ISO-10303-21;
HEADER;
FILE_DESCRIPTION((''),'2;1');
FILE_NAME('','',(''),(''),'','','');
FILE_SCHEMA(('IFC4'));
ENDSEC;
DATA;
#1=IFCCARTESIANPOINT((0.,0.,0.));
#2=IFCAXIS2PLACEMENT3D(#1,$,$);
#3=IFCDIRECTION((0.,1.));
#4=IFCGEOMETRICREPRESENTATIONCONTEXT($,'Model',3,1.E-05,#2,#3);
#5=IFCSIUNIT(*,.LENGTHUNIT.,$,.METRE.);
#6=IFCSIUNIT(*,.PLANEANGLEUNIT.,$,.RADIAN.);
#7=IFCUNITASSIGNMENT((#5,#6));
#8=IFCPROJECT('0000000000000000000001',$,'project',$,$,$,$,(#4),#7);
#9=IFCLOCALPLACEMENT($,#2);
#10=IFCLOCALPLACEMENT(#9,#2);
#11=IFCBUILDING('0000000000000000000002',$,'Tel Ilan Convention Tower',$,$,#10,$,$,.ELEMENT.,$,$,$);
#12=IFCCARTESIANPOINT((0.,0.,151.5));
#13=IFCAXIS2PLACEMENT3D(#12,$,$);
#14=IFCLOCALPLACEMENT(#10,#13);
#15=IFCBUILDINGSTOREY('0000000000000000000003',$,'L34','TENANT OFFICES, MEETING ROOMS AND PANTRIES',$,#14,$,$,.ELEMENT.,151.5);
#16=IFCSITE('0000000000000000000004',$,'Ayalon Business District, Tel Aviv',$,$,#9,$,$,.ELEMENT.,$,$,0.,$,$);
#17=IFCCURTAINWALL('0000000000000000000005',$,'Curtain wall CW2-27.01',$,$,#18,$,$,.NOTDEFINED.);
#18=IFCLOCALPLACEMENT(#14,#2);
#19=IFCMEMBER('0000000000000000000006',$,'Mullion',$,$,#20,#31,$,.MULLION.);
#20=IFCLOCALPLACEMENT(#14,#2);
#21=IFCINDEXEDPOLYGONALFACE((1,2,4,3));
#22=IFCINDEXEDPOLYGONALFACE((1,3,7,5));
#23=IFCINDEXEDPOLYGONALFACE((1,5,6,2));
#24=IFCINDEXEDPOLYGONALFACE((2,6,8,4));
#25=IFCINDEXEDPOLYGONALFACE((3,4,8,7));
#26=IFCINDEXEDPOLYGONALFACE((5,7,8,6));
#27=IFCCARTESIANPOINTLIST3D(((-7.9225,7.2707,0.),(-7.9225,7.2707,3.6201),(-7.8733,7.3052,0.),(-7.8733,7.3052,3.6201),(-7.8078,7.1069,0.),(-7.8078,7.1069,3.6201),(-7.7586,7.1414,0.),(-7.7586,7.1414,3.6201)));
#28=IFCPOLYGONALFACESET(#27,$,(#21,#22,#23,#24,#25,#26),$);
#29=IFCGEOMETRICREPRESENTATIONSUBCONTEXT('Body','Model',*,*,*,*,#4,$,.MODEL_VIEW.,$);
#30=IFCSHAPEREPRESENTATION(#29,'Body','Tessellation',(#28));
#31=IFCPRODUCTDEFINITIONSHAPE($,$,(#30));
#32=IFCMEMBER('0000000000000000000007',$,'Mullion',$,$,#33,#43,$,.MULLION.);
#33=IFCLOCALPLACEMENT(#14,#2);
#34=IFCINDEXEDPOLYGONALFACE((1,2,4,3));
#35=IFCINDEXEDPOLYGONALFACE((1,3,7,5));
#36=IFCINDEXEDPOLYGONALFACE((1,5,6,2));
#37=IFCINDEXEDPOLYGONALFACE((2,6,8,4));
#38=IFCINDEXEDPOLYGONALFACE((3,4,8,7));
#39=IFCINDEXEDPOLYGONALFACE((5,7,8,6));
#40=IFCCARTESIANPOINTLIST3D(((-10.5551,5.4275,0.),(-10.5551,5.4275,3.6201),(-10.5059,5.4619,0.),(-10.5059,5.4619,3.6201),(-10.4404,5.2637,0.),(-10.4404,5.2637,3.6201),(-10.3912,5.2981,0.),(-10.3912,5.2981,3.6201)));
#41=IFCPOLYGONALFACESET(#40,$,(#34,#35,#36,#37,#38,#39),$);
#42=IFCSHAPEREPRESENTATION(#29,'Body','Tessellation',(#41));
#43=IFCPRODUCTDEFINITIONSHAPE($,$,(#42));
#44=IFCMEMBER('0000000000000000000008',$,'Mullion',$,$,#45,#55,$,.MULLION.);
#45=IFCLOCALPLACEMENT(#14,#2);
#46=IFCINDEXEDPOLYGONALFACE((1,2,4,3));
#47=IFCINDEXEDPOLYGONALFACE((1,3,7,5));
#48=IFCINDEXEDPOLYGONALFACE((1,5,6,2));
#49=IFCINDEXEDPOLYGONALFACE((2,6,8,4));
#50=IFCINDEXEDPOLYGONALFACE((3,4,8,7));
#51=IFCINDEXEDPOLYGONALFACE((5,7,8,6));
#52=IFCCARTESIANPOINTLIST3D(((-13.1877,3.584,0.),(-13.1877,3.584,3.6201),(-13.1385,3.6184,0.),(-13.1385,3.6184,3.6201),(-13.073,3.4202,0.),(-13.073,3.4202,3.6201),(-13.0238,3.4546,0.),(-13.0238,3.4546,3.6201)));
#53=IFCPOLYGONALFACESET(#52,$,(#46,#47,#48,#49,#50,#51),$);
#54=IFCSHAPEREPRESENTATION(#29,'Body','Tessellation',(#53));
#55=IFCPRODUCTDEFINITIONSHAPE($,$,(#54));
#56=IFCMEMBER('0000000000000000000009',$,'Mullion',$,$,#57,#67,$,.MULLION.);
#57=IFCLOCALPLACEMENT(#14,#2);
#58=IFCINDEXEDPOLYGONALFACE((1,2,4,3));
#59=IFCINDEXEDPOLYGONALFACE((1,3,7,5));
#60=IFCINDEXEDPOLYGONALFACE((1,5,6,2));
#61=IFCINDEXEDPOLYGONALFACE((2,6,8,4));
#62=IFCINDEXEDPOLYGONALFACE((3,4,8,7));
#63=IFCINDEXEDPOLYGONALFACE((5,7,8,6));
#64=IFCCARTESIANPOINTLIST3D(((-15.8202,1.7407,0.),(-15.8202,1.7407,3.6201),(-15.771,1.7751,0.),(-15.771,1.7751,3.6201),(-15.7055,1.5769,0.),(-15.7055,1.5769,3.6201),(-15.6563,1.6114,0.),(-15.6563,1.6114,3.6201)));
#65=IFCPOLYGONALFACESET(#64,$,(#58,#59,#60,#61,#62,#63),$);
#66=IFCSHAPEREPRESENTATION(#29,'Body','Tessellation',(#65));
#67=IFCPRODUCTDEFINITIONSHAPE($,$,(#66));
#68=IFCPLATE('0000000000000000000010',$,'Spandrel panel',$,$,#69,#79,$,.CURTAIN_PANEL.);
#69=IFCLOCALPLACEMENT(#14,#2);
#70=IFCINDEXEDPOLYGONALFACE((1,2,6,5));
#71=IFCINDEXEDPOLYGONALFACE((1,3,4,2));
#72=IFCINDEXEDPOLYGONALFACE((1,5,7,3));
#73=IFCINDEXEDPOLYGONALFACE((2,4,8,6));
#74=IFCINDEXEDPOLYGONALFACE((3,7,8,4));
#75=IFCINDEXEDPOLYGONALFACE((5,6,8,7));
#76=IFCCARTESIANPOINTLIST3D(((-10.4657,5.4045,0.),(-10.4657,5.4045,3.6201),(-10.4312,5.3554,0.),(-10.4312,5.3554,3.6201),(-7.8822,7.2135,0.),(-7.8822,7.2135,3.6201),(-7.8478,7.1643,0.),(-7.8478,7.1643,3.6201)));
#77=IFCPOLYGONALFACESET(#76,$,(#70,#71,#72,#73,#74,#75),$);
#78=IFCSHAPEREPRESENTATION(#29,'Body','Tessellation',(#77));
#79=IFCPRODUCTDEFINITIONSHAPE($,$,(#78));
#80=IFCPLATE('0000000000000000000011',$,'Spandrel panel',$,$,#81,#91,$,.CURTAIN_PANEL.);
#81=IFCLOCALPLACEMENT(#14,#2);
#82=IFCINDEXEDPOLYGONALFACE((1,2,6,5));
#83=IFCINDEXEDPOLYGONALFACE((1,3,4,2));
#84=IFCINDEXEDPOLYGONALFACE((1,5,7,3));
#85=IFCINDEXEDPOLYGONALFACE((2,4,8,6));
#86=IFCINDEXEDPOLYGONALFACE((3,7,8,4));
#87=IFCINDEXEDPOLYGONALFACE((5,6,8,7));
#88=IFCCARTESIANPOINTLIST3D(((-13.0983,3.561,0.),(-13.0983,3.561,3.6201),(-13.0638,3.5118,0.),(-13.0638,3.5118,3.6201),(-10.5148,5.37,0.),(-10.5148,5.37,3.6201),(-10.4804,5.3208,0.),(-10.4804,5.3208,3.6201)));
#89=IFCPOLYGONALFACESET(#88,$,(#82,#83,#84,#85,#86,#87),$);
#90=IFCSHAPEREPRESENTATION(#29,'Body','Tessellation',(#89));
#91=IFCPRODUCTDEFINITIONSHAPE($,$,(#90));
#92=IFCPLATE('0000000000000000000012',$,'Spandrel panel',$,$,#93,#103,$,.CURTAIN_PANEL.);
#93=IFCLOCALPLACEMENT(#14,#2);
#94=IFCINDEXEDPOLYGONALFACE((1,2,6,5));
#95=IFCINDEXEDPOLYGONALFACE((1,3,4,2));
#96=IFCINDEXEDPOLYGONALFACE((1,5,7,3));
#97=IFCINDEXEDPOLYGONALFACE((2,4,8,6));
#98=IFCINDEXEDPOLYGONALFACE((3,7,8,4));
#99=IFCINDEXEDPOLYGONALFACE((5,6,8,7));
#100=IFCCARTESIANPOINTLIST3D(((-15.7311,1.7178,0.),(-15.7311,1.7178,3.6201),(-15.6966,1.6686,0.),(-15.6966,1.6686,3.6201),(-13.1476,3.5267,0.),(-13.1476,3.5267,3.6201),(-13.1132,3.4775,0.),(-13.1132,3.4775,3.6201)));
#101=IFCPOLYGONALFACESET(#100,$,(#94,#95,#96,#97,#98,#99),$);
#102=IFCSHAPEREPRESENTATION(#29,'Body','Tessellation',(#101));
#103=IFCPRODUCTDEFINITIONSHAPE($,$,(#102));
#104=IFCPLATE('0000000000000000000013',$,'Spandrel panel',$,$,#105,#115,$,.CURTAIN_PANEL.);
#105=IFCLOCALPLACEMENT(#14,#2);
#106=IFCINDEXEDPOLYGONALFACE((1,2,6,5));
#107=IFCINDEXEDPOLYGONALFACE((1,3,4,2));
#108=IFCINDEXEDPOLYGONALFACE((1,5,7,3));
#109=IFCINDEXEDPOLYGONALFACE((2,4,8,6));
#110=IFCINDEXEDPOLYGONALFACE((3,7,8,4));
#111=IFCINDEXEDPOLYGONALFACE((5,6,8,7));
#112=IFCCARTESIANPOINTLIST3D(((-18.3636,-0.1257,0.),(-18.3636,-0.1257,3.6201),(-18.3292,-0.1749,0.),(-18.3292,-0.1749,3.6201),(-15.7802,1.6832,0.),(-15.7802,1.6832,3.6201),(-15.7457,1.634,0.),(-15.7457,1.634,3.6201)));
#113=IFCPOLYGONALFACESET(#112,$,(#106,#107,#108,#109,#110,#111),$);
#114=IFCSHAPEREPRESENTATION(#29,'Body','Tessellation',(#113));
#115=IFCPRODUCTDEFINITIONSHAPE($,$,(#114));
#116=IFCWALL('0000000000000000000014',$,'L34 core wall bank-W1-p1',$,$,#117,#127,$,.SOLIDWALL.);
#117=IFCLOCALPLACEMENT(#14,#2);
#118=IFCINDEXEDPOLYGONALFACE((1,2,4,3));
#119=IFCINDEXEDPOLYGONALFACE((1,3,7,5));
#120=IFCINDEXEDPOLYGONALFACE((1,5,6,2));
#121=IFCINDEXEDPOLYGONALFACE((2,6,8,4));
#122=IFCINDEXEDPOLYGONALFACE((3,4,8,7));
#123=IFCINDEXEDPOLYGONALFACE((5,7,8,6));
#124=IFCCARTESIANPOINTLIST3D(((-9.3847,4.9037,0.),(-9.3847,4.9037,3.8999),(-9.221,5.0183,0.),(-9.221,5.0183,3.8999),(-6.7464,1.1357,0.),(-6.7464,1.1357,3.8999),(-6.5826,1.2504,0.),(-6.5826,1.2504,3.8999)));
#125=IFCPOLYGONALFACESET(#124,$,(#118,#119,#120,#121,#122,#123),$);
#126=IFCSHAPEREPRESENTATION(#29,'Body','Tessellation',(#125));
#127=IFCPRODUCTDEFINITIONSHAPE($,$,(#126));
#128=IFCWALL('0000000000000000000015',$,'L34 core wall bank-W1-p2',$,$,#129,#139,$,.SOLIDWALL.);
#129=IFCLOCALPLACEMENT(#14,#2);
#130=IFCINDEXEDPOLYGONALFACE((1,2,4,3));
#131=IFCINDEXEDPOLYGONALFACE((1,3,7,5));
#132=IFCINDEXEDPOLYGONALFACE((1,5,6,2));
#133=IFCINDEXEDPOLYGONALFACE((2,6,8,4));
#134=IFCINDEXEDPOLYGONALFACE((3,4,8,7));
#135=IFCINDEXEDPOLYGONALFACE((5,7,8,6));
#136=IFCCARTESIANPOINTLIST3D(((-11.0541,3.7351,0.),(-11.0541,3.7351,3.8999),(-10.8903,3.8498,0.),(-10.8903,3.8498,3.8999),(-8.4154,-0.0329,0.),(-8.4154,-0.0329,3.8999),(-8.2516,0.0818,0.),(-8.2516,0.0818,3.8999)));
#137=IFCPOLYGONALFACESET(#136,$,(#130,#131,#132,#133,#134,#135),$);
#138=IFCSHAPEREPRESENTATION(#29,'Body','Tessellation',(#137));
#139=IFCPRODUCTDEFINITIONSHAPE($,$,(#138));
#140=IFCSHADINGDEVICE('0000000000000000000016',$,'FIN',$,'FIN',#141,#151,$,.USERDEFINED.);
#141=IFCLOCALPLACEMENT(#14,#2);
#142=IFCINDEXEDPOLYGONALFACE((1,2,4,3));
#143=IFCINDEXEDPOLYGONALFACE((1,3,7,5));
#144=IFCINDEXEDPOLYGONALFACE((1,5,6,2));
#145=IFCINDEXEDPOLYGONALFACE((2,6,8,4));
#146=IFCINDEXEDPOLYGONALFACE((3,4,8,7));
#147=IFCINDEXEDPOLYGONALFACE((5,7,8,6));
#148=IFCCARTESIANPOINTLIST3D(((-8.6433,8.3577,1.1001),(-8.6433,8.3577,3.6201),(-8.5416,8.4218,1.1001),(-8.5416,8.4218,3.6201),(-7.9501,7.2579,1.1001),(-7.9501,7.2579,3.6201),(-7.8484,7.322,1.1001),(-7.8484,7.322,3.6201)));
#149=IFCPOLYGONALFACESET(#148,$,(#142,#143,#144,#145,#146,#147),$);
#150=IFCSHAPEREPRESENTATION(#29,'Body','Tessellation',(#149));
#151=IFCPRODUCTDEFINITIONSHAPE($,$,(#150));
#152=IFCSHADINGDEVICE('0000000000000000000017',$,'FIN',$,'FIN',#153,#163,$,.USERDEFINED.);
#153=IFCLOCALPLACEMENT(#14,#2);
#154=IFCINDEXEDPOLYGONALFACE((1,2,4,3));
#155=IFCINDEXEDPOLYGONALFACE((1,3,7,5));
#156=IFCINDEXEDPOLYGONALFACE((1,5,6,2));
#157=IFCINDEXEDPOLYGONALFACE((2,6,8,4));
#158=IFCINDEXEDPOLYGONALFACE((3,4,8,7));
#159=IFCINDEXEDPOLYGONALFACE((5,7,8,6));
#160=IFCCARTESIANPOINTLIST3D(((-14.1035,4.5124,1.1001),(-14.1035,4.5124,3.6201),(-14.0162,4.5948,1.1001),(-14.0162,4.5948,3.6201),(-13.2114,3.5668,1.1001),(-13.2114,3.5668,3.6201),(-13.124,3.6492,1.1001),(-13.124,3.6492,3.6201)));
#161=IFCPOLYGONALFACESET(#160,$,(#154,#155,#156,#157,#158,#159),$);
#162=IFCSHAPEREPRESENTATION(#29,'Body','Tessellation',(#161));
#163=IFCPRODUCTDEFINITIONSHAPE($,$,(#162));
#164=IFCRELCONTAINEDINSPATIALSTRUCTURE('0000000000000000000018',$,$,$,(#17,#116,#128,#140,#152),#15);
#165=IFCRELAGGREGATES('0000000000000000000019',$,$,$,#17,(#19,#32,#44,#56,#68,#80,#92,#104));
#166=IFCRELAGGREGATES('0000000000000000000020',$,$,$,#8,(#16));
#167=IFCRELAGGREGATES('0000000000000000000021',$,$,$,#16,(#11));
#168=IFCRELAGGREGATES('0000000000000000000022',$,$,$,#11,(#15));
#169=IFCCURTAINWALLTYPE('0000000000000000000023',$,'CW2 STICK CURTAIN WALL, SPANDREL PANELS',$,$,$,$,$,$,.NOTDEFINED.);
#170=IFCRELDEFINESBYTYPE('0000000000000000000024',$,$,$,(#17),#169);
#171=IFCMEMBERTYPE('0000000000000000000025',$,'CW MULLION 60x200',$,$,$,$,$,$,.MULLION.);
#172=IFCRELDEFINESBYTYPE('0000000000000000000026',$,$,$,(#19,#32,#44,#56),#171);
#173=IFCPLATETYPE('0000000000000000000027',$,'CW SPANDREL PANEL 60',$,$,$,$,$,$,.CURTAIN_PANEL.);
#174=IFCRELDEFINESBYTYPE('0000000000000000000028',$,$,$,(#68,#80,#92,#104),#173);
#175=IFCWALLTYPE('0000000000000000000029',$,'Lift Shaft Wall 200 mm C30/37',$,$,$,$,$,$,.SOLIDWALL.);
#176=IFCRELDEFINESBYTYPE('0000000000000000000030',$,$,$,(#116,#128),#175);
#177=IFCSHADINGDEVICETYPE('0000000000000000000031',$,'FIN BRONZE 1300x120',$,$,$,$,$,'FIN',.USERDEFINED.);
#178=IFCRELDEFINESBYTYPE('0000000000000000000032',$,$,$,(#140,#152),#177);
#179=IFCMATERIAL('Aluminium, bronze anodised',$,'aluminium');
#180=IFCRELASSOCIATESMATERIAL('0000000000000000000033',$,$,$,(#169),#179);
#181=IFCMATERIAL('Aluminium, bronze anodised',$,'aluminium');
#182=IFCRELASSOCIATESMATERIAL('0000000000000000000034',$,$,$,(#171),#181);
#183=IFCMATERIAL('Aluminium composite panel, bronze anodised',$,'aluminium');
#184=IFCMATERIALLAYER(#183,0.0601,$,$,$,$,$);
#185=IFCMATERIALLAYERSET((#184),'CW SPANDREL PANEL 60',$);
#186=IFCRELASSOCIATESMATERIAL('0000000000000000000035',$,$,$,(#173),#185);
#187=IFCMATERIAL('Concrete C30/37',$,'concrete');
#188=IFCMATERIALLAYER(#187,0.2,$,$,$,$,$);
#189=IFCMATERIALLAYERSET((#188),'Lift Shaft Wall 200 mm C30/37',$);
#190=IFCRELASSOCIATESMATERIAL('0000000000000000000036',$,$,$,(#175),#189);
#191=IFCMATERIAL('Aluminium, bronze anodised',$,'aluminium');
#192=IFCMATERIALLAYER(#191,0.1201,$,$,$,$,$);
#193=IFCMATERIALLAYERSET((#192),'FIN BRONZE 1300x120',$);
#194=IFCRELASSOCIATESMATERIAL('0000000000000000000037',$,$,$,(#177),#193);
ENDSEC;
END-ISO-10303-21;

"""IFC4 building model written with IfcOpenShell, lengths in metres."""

from ifc_helpers import new_model, si_unit, direction, frame, frame_2d, origin, origin_2d, place, context, subcontext, project, spatial, rectangle, extrude, material, layer, layer_set, material_profile, profile_set, type_object, element, aggregate, save


model = new_model("IFC4")

# Units and contexts
model_context = context("Model", 3, precision=1e-05, world=origin(), true_north=direction((0.0, 1.0)))
body_context = subcontext(model_context, "Body", "Model", "MODEL_VIEW")
ifc_project = project(units=[si_unit("LENGTHUNIT", "METRE"), si_unit("PLANEANGLEUNIT", "RADIAN")], contexts=[model_context])

# Site, building, storey
site_placement = place(None, origin())
site = spatial("IfcSite", under=ifc_project, at=site_placement, Name="Ayalon Business District, Tel Aviv", CompositionType="ELEMENT", RefElevation=0.0)
building_placement = place(site_placement, origin())
building = spatial("IfcBuilding", under=site, at=building_placement, Name="Tel Ilan Convention Tower", CompositionType="ELEMENT")
storey_placement = place(building_placement, frame((0.0, 0.0, 151.5)))
storey = spatial("IfcBuildingStorey", under=building, at=storey_placement, Name="L34", Description="TENANT OFFICES, MEETING ROOMS AND PANTRIES", CompositionType="ELEMENT", Elevation=151.5)

# Curtain wall, members, plates
ifc_material_1 = material(Name="Aluminium, bronze anodised", Category="aluminium")
curtain_wall_type = type_object("IfcCurtainWallType", Name="CW2 STICK CURTAIN WALL, SPANDREL PANELS", PredefinedType="NOTDEFINED", material=ifc_material_1)
curtain_wall_placement = place(storey_placement, origin())
curtain_wall = element("IfcCurtainWall", 1, at=curtain_wall_placement, inside=storey, type_object=curtain_wall_type, Name="Curtain wall CW2-27.01", PredefinedType="NOTDEFINED")
ifc_material_2 = material(Name="Aluminium, bronze anodised", Category="aluminium")
ifc_material_profile = material_profile(ifc_material_2, rectangle(XDim=0.0601, YDim=0.2, at=origin_2d()), Name="CW MULLION 60x200")
ifc_profile_set = profile_set([ifc_material_profile], Name="Aluminium, bronze anodised")
member_type = type_object("IfcMemberType", Name="CW MULLION 60x200", PredefinedType="MULLION", material=ifc_profile_set)
member_1_placement = place(storey_placement, frame((-7.8406, 7.2061, 0.0), z_axis=(0.0, 0.0, 1.0), x_axis=(-0.819152, -0.573576, 0.0)))
member_1 = element("IfcMember", 2, at=member_1_placement, type_object=member_type, Name="Mullion", PredefinedType="MULLION", context=body_context, shape_type="SweptSolid", body=[
    extrude(rectangle(XDim=0.0601, YDim=0.2, at=origin_2d()), origin(), (0.0, 0.0, 1.0), 3.6201),
])
member_2_placement = place(storey_placement, frame((-10.4731, 5.3628, 0.0), z_axis=(0.0, 0.0, 1.0), x_axis=(-0.819152, -0.573576, 0.0)))
member_2 = element("IfcMember", 3, at=member_2_placement, type_object=member_type, Name="Mullion", PredefinedType="MULLION", context=body_context, shape_type="SweptSolid", body=[
    extrude(rectangle(XDim=0.0601, YDim=0.2, at=origin_2d()), origin(), (0.0, 0.0, 1.0), 3.6201),
])
member_3_placement = place(storey_placement, frame((-13.1057, 3.5193, 0.0), z_axis=(0.0, 0.0, 1.0), x_axis=(-0.819152, -0.573576, 0.0)))
member_3 = element("IfcMember", 4, at=member_3_placement, type_object=member_type, Name="Mullion", PredefinedType="MULLION", context=body_context, shape_type="SweptSolid", body=[
    extrude(rectangle(XDim=0.0601, YDim=0.2, at=origin_2d()), origin(), (0.0, 0.0, 1.0), 3.6201),
])
member_4_placement = place(storey_placement, frame((-15.7383, 1.676, 0.0), z_axis=(0.0, 0.0, 1.0), x_axis=(-0.819152, -0.573576, 0.0)))
member_4 = element("IfcMember", 5, at=member_4_placement, type_object=member_type, Name="Mullion", PredefinedType="MULLION", context=body_context, shape_type="SweptSolid", body=[
    extrude(rectangle(XDim=0.0601, YDim=0.2, at=origin_2d()), origin(), (0.0, 0.0, 1.0), 3.6201),
])
ifc_material_3 = material(Name="Aluminium composite panel, bronze anodised", Category="aluminium")
ifc_layer_1 = layer(ifc_material_3, 0.0601)
ifc_layer_set_1 = layer_set([ifc_layer_1], Name="CW SPANDREL PANEL 60")
plate_type = type_object("IfcPlateType", Name="CW SPANDREL PANEL 60", PredefinedType="CURTAIN_PANEL", material=ifc_layer_set_1)
plate_1_placement = place(storey_placement, frame((-9.1567, 6.2844, 0.0), z_axis=(0.0, 0.0, 1.0), x_axis=(-0.819152, -0.573576, 0.0)))
plate_1 = element("IfcPlate", 6, at=plate_1_placement, type_object=plate_type, Name="Spandrel panel", PredefinedType="CURTAIN_PANEL", context=body_context, shape_type="SweptSolid", body=[
    extrude(rectangle(XDim=3.1538, YDim=0.0601, at=origin_2d()), origin(), (0.0, 0.0, 1.0), 3.6201),
])
plate_2_placement = place(storey_placement, frame((-11.7893, 4.4409, 0.0), z_axis=(0.0, 0.0, 1.0), x_axis=(-0.819152, -0.573576, 0.0)))
plate_2 = element("IfcPlate", 7, at=plate_2_placement, type_object=plate_type, Name="Spandrel panel", PredefinedType="CURTAIN_PANEL", context=body_context, shape_type="SweptSolid", body=[
    extrude(rectangle(XDim=3.1538, YDim=0.0601, at=origin_2d()), origin(), (0.0, 0.0, 1.0), 3.6201),
])
plate_3_placement = place(storey_placement, frame((-14.4221, 2.5977, 0.0), z_axis=(0.0, 0.0, 1.0), x_axis=(-0.819152, -0.573576, 0.0)))
plate_3 = element("IfcPlate", 8, at=plate_3_placement, type_object=plate_type, Name="Spandrel panel", PredefinedType="CURTAIN_PANEL", context=body_context, shape_type="SweptSolid", body=[
    extrude(rectangle(XDim=3.1538, YDim=0.0601, at=origin_2d()), origin(), (0.0, 0.0, 1.0), 3.6201),
])
plate_4_placement = place(storey_placement, frame((-17.0547, 0.7542, 0.0), z_axis=(0.0, 0.0, 1.0), x_axis=(-0.819152, -0.573576, 0.0)))
plate_4 = element("IfcPlate", 9, at=plate_4_placement, type_object=plate_type, Name="Spandrel panel", PredefinedType="CURTAIN_PANEL", context=body_context, shape_type="SweptSolid", body=[
    extrude(rectangle(XDim=3.1538, YDim=0.0601, at=origin_2d()), origin(), (0.0, 0.0, 1.0), 3.6201),
])
aggregate(curtain_wall, [member_1, member_2, member_3, member_4, plate_1, plate_2, plate_3, plate_4])

# Walls
ifc_material_4 = material(Name="Concrete C30/37", Category="concrete")
ifc_layer_2 = layer(ifc_material_4, 0.2)
ifc_layer_set_2 = layer_set([ifc_layer_2], Name="Lift Shaft Wall 200 mm C30/37")
wall_type = type_object("IfcWallType", Name="Lift Shaft Wall 200 mm C30/37", PredefinedType="SOLIDWALL", material=ifc_layer_set_2)
wall_1_placement = place(storey_placement, frame((-6.6646, 1.1931, 0.0), z_axis=(0.0, 0.0, 1.0), x_axis=(-0.573576, 0.819152, 0.0)))
element("IfcWall", 10, at=wall_1_placement, inside=storey, type_object=wall_type, Name="L34 core wall bank-W1-p1", PredefinedType="SOLIDWALL", context=body_context, shape_type="SweptSolid", body=[
    extrude(rectangle(XDim=4.5999, YDim=0.2, at=frame_2d((2.2998, 0.0))), origin(), (0.0, 0.0, 1.0), 3.8999),
])
wall_2_placement = place(storey_placement, frame((-8.3335, 0.0244, 0.0), z_axis=(0.0, 0.0, 1.0), x_axis=(-0.573612, 0.819127, 0.0)))
element("IfcWall", 11, at=wall_2_placement, inside=storey, type_object=wall_type, Name="L34 core wall bank-W1-p2", PredefinedType="SOLIDWALL", context=body_context, shape_type="SweptSolid", body=[
    extrude(rectangle(XDim=4.6001, YDim=0.2, at=frame_2d((2.3, 0.0))), origin(), (0.0, 0.0, 1.0), 3.8999),
])

# Shading devices
ifc_material_5 = material(Name="Aluminium, bronze anodised", Category="aluminium")
ifc_layer_3 = layer(ifc_material_5, 0.1201)
ifc_layer_set_3 = layer_set([ifc_layer_3], Name="FIN BRONZE 1300x120")
shading_device_type = type_object("IfcShadingDeviceType", Name="FIN BRONZE 1300x120", ElementType="FIN", PredefinedType="USERDEFINED", material=ifc_layer_set_3)
for number, where, z_axis, x_axis, name in (
    (12, (-8.2458, 7.8398, 1.1001), (0.0, 0.0, 1.0), (-0.533204, 0.845986, 0.0), "FIN"),
    (13, (-13.6138, 4.0808, 1.1001), (0.0, 0.0, 1.0), (-0.686242, 0.727374, 0.0), "FIN"),
):
    element("IfcShadingDevice", number, at=place(storey_placement, frame(where, z_axis=z_axis, x_axis=x_axis)), inside=storey, type_object=shading_device_type, Name=name, ObjectType="FIN", PredefinedType="USERDEFINED", context=body_context, shape_type="SweptSolid", body=[
        extrude(rectangle(XDim=1.3, YDim=0.1201, at=origin_2d()), origin(), (0.0, 0.0, 1.0), 2.52),
    ])

save(model, "model.ifc")
